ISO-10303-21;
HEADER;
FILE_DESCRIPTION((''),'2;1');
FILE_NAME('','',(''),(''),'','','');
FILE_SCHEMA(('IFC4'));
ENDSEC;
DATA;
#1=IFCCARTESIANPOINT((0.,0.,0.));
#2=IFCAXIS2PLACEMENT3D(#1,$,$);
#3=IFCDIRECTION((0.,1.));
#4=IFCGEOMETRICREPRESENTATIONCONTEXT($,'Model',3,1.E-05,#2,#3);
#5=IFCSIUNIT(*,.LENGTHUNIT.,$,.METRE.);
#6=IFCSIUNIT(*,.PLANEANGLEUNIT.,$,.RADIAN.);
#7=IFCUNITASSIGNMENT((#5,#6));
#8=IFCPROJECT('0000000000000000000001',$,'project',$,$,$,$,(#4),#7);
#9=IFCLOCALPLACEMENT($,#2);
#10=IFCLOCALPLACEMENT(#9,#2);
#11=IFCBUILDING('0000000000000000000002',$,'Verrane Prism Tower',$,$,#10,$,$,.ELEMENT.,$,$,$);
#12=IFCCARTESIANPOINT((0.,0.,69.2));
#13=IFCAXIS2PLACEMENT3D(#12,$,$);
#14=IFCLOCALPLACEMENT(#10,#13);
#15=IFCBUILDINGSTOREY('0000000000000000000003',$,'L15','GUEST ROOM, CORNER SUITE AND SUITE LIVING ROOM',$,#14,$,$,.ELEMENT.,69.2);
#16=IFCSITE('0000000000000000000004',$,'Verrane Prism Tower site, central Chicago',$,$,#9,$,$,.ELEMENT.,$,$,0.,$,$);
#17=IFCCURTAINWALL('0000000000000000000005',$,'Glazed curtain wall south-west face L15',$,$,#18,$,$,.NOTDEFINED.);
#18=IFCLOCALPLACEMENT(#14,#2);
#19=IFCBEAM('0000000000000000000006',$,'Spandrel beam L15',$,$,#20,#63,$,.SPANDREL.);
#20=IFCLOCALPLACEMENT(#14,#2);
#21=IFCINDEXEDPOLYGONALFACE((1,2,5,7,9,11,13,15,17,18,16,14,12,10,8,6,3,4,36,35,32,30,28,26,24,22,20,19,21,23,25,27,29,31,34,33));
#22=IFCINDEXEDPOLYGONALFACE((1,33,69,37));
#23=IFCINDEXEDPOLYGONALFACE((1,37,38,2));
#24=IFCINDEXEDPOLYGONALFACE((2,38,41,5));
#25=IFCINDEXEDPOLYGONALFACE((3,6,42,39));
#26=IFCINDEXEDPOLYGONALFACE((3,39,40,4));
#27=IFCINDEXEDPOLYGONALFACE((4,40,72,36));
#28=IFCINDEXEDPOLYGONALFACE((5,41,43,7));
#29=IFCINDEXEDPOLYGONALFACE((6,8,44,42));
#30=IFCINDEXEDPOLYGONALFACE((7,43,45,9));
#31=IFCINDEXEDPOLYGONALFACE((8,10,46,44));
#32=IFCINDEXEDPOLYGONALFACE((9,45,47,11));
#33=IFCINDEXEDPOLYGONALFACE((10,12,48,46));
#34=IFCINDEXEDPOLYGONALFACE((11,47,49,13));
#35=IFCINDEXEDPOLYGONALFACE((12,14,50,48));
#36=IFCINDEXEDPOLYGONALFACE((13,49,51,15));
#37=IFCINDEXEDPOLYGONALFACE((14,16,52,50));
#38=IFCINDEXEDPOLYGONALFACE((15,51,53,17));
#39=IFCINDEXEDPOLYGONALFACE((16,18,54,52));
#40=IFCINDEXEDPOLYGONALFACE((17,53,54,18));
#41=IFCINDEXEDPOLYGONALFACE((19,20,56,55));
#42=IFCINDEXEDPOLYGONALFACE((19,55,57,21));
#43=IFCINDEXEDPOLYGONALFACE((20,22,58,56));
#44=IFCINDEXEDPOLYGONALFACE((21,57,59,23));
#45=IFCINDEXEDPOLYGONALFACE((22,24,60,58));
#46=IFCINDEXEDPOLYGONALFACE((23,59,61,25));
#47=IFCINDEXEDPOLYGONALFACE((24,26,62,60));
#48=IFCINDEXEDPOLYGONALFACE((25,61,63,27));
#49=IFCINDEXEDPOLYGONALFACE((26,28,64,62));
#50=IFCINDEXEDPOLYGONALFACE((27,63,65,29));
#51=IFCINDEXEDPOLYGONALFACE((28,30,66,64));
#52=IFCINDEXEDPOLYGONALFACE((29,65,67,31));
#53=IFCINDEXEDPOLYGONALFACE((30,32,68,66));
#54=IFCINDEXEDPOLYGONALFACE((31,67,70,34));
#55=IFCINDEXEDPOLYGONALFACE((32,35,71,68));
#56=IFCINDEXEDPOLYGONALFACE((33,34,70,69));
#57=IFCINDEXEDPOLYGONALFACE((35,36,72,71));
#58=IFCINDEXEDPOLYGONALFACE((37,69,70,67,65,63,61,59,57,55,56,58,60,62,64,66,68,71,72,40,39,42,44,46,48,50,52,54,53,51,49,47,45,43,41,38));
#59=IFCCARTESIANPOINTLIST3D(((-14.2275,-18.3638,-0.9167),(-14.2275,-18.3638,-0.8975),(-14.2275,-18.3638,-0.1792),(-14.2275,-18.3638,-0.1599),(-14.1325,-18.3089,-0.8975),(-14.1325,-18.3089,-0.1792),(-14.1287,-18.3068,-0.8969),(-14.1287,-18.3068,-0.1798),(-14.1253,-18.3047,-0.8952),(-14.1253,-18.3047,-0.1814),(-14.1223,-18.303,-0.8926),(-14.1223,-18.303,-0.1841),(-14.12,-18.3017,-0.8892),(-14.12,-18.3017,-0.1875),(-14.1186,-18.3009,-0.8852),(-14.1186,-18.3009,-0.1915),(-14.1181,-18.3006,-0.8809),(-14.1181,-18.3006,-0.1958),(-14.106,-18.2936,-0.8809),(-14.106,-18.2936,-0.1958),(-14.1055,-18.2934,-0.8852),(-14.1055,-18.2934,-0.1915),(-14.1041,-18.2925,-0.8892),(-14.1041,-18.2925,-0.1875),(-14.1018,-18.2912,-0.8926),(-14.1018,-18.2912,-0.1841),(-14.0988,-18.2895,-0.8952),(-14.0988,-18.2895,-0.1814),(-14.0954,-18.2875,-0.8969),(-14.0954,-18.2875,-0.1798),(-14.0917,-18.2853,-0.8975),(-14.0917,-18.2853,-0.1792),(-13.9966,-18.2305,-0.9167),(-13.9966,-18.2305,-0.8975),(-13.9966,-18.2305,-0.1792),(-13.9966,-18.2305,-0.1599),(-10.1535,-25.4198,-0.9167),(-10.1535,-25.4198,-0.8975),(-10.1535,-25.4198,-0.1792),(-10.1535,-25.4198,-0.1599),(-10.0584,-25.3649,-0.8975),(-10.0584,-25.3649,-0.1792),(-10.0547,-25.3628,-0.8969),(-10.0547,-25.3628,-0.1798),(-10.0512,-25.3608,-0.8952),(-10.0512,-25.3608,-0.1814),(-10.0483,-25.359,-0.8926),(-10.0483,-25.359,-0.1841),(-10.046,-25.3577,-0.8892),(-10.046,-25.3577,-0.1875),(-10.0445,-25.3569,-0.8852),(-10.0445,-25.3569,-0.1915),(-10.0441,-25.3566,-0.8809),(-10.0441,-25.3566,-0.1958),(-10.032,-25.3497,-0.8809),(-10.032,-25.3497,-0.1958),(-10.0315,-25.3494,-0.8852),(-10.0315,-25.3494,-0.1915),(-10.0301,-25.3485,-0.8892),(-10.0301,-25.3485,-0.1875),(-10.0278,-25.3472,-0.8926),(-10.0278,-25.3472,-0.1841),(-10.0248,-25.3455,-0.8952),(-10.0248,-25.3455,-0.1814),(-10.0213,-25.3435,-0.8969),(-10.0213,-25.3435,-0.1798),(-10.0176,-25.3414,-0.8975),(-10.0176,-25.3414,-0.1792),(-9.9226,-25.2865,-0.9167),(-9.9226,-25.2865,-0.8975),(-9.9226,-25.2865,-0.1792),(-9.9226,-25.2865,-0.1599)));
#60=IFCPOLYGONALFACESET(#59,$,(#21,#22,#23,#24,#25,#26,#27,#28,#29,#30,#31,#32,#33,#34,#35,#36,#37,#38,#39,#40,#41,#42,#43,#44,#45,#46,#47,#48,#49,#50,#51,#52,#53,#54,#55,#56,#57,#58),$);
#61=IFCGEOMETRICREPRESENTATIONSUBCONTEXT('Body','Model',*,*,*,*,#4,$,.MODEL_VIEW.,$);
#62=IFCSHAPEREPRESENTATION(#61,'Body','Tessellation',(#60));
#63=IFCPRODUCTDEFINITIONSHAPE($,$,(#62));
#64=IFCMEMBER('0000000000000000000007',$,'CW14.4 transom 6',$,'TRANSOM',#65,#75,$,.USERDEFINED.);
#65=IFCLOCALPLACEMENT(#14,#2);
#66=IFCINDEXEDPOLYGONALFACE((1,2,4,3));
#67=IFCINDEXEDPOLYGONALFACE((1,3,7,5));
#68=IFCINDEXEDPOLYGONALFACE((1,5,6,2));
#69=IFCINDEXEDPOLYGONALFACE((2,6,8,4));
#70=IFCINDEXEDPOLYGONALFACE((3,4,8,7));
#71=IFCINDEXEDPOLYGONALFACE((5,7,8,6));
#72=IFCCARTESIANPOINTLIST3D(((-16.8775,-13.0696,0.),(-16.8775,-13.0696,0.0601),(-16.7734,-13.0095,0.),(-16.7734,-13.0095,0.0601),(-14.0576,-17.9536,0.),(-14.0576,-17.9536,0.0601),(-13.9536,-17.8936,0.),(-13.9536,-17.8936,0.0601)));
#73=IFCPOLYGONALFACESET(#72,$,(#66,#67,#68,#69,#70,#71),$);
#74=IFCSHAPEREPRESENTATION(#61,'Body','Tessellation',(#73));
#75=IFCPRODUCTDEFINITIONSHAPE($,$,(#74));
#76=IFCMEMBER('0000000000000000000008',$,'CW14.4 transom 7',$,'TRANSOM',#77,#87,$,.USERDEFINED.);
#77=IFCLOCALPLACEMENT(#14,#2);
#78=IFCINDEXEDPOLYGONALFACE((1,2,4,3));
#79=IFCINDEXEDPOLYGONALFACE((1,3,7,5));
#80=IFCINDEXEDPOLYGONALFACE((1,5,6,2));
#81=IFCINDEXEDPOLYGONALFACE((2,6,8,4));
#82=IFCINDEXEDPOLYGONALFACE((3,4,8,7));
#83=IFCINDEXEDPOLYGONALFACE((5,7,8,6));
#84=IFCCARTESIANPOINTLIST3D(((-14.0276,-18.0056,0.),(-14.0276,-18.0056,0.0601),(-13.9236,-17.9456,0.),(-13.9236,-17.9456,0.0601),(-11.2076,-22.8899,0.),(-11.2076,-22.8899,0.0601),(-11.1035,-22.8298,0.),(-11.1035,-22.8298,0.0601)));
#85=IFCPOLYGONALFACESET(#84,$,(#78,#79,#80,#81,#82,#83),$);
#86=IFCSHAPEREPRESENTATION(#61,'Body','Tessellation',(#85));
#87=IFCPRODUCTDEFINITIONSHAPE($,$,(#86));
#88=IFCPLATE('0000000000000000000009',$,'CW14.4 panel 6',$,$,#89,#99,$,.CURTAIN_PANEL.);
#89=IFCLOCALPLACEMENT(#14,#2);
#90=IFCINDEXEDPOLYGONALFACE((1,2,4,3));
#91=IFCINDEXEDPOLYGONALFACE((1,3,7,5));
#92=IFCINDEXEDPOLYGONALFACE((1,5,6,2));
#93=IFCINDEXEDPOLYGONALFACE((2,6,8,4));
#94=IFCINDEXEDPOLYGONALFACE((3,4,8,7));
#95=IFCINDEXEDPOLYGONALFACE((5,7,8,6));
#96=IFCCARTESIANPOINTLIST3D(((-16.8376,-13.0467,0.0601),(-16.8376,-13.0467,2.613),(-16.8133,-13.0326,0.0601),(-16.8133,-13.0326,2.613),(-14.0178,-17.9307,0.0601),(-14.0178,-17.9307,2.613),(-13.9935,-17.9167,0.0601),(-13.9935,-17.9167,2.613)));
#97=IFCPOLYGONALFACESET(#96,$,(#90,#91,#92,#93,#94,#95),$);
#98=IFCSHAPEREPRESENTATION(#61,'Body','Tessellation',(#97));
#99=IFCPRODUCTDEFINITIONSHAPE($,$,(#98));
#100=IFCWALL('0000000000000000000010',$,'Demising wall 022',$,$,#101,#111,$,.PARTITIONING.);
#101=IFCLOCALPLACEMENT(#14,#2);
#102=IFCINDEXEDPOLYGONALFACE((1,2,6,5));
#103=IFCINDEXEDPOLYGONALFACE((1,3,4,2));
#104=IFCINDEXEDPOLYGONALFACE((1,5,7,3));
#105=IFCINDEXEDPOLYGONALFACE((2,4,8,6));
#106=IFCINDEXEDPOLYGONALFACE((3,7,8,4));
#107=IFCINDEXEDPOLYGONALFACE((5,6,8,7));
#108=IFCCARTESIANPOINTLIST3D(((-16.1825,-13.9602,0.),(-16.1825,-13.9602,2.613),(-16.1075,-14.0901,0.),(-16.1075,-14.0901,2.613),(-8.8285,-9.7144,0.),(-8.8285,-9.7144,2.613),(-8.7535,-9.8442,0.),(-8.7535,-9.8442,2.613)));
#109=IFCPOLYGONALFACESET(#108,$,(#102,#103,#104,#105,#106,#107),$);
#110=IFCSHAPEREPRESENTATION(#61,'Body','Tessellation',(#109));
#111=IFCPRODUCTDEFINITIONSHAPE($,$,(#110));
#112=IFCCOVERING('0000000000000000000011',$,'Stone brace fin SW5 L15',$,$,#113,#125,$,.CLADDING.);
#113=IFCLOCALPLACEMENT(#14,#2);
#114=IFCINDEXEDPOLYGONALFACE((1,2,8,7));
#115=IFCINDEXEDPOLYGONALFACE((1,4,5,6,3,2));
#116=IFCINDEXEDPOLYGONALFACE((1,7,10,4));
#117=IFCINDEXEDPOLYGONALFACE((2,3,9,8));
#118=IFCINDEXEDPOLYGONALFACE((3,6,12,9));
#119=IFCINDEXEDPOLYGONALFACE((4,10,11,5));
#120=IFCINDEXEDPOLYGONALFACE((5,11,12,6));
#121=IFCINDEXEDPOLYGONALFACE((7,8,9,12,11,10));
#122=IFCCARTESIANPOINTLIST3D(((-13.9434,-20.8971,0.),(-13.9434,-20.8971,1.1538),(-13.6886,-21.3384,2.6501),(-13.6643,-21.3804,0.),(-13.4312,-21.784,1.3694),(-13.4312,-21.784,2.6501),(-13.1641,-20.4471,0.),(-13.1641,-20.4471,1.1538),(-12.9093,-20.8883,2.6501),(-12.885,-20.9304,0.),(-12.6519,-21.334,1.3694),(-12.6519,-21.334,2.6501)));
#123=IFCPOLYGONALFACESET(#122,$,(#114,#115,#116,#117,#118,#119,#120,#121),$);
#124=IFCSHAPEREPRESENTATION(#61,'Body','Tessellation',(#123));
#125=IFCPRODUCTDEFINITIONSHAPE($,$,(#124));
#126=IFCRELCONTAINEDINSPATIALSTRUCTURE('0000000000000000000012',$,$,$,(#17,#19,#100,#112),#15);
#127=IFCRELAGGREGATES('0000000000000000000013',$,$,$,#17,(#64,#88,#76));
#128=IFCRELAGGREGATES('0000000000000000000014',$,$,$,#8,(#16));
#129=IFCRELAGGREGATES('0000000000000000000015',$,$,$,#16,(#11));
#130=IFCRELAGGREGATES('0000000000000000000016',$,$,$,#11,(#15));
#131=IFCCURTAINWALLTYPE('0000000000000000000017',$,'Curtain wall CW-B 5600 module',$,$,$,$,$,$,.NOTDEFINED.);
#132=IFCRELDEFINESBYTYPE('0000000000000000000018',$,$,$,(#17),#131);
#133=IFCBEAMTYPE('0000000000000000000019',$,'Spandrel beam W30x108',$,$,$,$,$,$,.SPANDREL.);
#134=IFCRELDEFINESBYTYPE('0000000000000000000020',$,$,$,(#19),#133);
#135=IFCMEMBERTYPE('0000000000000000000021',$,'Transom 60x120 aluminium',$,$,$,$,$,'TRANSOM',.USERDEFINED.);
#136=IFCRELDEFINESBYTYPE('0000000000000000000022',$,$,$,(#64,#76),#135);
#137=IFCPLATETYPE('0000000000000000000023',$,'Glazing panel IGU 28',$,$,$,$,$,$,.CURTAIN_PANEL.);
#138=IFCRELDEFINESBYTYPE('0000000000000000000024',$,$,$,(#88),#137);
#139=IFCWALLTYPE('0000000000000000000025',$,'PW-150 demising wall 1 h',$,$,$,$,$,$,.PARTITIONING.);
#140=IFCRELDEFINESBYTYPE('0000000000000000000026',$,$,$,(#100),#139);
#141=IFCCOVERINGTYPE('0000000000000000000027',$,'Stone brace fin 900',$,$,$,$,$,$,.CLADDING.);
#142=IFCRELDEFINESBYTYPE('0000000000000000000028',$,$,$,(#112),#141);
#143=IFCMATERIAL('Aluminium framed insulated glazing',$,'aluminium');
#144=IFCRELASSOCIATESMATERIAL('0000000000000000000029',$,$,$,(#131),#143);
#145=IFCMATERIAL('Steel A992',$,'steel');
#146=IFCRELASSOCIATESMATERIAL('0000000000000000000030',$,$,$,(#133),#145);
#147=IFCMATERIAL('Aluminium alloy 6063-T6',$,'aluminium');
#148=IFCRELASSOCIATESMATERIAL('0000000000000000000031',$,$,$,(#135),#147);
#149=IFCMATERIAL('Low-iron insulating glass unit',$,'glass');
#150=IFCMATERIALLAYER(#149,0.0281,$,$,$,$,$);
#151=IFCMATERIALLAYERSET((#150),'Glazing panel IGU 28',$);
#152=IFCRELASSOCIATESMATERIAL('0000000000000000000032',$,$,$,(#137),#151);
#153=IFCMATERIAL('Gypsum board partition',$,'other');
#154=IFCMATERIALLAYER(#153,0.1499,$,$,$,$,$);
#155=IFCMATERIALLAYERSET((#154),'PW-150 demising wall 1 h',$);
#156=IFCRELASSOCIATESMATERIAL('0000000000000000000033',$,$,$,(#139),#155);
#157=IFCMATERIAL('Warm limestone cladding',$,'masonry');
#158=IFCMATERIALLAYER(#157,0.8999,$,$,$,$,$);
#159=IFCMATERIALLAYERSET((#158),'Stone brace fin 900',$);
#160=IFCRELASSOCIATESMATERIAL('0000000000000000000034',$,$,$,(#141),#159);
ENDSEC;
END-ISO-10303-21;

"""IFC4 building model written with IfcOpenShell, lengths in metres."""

from ifc_helpers import new_model, si_unit, direction, frame, frame_2d, origin, origin_2d, place, context, subcontext, project, spatial, polyline, rectangle, i_section, outline, extrude, material, layer, layer_set, material_profile, profile_set, type_object, element, aggregate, save


model = new_model("IFC4")

# Units and contexts
model_context = context("Model", 3, precision=1e-05, world=origin(), true_north=direction((0.0, 1.0)))
body_context = subcontext(model_context, "Body", "Model", "MODEL_VIEW")
ifc_project = project(units=[si_unit("LENGTHUNIT", "METRE"), si_unit("PLANEANGLEUNIT", "RADIAN")], contexts=[model_context])

# Site, building, storey
site_placement = place(None, origin())
site = spatial("IfcSite", under=ifc_project, at=site_placement, Name="Verrane Prism Tower site, central Chicago", CompositionType="ELEMENT", RefElevation=0.0)
building_placement = place(site_placement, origin())
building = spatial("IfcBuilding", under=site, at=building_placement, Name="Verrane Prism Tower", CompositionType="ELEMENT")
storey_placement = place(building_placement, frame((0.0, 0.0, 69.2)))
storey = spatial("IfcBuildingStorey", under=building, at=storey_placement, Name="L15", Description="GUEST ROOM, CORNER SUITE AND SUITE LIVING ROOM", CompositionType="ELEMENT", Elevation=69.2)

# Curtain wall
ifc_material_1 = material(Name="Aluminium framed insulated glazing", Category="aluminium")
curtain_wall_type = type_object("IfcCurtainWallType", Name="Curtain wall CW-B 5600 module", PredefinedType="NOTDEFINED", material=ifc_material_1)
curtain_wall_placement = place(storey_placement, origin())
curtain_wall = element("IfcCurtainWall", 1, at=curtain_wall_placement, inside=storey, type_object=curtain_wall_type, Name="Glazed curtain wall south-west face L15", PredefinedType="NOTDEFINED")

# Beam
ifc_material_2 = material(Name="Steel A992", Category="steel")
ifc_material_profile_1 = material_profile(ifc_material_2, i_section(OverallWidth=0.2666, OverallDepth=0.7568, WebThickness=0.0139, FlangeThickness=0.0193, FilletRadius=0.0166, at=origin_2d()), Name="W30x108")
ifc_profile_set_1 = profile_set([ifc_material_profile_1], Name="Steel A992")
beam_type_1 = type_object("IfcBeamType", Name="Spandrel beam W30x108", PredefinedType="SPANDREL", material=ifc_profile_set_1)
beam_1_placement = place(storey_placement, frame((-14.1121, -18.2971, -0.5383), z_axis=(0.500022, -0.866012, 0.0), x_axis=(0.866012, 0.500022, 0.0)))
element("IfcBeam", 2, at=beam_1_placement, inside=storey, type_object=beam_type_1, Name="Spandrel beam L15", PredefinedType="SPANDREL", context=body_context, shape_type="SweptSolid", body=[
    extrude(i_section(OverallWidth=0.2666, OverallDepth=0.7568, WebThickness=0.0139, FlangeThickness=0.0193, FilletRadius=0.0166, at=origin_2d()), origin(), (0.0, 0.0, 1.0), 8.1477),
])

# Members
ifc_material_3 = material(Name="Aluminium alloy 6063-T6", Category="aluminium")
ifc_material_profile_2 = material_profile(ifc_material_3, rectangle(XDim=0.1201, YDim=0.0601, at=origin_2d()), Name="Transom 60x120 aluminium")
ifc_profile_set_2 = profile_set([ifc_material_profile_2], Name="Aluminium alloy 6063-T6")
member_type_1 = type_object("IfcMemberType", Name="Transom 60x120 aluminium", ElementType="TRANSOM", PredefinedType="USERDEFINED", material=ifc_profile_set_2)
member_1_placement = place(storey_placement, frame((-16.8254, -13.0396, 0.03), z_axis=(0.500004, -0.866023, 0.0), x_axis=(0.866023, 0.500004, 0.0)))
member_1 = element("IfcMember", 3, at=member_1_placement, type_object=member_type_1, Name="CW14.4 transom 6", ObjectType="TRANSOM", PredefinedType="USERDEFINED", context=body_context, shape_type="SweptSolid", body=[
    extrude(rectangle(XDim=0.1201, YDim=0.0601, at=origin_2d()), origin(), (0.0, 0.0, 1.0), 5.6396),
])
member_2_placement = place(storey_placement, frame((-13.9756, -17.9756, 0.03), z_axis=(0.500017, -0.866015, 0.0), x_axis=(0.866015, 0.500017, 0.0)))
member_2 = element("IfcMember", 4, at=member_2_placement, type_object=member_type_1, Name="CW14.4 transom 7", ObjectType="TRANSOM", PredefinedType="USERDEFINED", context=body_context, shape_type="SweptSolid", body=[
    extrude(rectangle(XDim=0.1201, YDim=0.0601, at=origin_2d()), origin(), (0.0, 0.0, 1.0), 5.6399),
])

# Plate
ifc_material_4 = material(Name="Low-iron insulating glass unit", Category="glass")
ifc_layer_1 = layer(ifc_material_4, 0.0281)
ifc_layer_set_1 = layer_set([ifc_layer_1], Name="Glazing panel IGU 28")
plate_type = type_object("IfcPlateType", Name="Glazing panel IGU 28", PredefinedType="CURTAIN_PANEL", material=ifc_layer_set_1)
plate_placement = place(storey_placement, frame((-15.4155, -15.4817, 0.0601), z_axis=(0.0, 0.0, 1.0), x_axis=(0.5, -0.866025, 0.0)))
plate = element("IfcPlate", 5, at=plate_placement, type_object=plate_type, Name="CW14.4 panel 6", PredefinedType="CURTAIN_PANEL", context=body_context, shape_type="SweptSolid", body=[
    extrude(rectangle(XDim=5.6396, YDim=0.0281, at=origin_2d()), origin(), (0.0, 0.0, 1.0), 2.553),
])
aggregate(curtain_wall, [member_1, plate, member_2])

# Wall
ifc_material_5 = material(Name="Gypsum board partition", Category="other")
ifc_layer_2 = layer(ifc_material_5, 0.1499)
ifc_layer_set_2 = layer_set([ifc_layer_2], Name="PW-150 demising wall 1 h")
wall_type = type_object("IfcWallType", Name="PW-150 demising wall 1 h", PredefinedType="PARTITIONING", material=ifc_layer_set_2)
wall_placement = place(storey_placement, frame((-16.145, -14.0251, 0.0), z_axis=(0.0, 0.0, 1.0), x_axis=(0.866025, 0.500001, 0.0)))
element("IfcWall", 6, at=wall_placement, inside=storey, type_object=wall_type, Name="Demising wall 022", PredefinedType="PARTITIONING", context=body_context, shape_type="SweptSolid", body=[
    extrude(rectangle(XDim=8.4917, YDim=0.1499, at=frame_2d((4.2458, 0.0))), origin(), (0.0, 0.0, 1.0), 2.613),
])

# Covering
ifc_material_6 = material(Name="Warm limestone cladding", Category="masonry")
ifc_layer_3 = layer(ifc_material_6, 0.8999)
ifc_layer_set_3 = layer_set([ifc_layer_3], Name="Stone brace fin 900")
covering_type = type_object("IfcCoveringType", Name="Stone brace fin 900", PredefinedType="CLADDING", material=ifc_layer_set_3)
covering_placement = place(storey_placement, frame((-13.5537, -20.6721, 0.0), z_axis=(0.0, 0.0, 1.0), x_axis=(0.500087, -0.865975, 0.0)))
element("IfcCovering", 7, at=covering_placement, inside=storey, type_object=covering_type, Name="Stone brace fin SW5 L15", PredefinedType="CLADDING", context=body_context, shape_type="SweptSolid", body=[
    extrude(outline(polyline([(1.0242, 2.6501), (0.5095, 2.6501), (0.0, 1.1538), (0.0, 0.0), (0.5581, 0.0), (1.0242, 1.3694), (1.0242, 2.6501)])), frame((0.0, 0.45, 0.0), z_axis=(0.0, -1.0, 0.0), x_axis=(1.0, 0.0, 0.0)), (0.0, 0.0, 1.0), 0.8999),
])

save(model, "model.ifc")
